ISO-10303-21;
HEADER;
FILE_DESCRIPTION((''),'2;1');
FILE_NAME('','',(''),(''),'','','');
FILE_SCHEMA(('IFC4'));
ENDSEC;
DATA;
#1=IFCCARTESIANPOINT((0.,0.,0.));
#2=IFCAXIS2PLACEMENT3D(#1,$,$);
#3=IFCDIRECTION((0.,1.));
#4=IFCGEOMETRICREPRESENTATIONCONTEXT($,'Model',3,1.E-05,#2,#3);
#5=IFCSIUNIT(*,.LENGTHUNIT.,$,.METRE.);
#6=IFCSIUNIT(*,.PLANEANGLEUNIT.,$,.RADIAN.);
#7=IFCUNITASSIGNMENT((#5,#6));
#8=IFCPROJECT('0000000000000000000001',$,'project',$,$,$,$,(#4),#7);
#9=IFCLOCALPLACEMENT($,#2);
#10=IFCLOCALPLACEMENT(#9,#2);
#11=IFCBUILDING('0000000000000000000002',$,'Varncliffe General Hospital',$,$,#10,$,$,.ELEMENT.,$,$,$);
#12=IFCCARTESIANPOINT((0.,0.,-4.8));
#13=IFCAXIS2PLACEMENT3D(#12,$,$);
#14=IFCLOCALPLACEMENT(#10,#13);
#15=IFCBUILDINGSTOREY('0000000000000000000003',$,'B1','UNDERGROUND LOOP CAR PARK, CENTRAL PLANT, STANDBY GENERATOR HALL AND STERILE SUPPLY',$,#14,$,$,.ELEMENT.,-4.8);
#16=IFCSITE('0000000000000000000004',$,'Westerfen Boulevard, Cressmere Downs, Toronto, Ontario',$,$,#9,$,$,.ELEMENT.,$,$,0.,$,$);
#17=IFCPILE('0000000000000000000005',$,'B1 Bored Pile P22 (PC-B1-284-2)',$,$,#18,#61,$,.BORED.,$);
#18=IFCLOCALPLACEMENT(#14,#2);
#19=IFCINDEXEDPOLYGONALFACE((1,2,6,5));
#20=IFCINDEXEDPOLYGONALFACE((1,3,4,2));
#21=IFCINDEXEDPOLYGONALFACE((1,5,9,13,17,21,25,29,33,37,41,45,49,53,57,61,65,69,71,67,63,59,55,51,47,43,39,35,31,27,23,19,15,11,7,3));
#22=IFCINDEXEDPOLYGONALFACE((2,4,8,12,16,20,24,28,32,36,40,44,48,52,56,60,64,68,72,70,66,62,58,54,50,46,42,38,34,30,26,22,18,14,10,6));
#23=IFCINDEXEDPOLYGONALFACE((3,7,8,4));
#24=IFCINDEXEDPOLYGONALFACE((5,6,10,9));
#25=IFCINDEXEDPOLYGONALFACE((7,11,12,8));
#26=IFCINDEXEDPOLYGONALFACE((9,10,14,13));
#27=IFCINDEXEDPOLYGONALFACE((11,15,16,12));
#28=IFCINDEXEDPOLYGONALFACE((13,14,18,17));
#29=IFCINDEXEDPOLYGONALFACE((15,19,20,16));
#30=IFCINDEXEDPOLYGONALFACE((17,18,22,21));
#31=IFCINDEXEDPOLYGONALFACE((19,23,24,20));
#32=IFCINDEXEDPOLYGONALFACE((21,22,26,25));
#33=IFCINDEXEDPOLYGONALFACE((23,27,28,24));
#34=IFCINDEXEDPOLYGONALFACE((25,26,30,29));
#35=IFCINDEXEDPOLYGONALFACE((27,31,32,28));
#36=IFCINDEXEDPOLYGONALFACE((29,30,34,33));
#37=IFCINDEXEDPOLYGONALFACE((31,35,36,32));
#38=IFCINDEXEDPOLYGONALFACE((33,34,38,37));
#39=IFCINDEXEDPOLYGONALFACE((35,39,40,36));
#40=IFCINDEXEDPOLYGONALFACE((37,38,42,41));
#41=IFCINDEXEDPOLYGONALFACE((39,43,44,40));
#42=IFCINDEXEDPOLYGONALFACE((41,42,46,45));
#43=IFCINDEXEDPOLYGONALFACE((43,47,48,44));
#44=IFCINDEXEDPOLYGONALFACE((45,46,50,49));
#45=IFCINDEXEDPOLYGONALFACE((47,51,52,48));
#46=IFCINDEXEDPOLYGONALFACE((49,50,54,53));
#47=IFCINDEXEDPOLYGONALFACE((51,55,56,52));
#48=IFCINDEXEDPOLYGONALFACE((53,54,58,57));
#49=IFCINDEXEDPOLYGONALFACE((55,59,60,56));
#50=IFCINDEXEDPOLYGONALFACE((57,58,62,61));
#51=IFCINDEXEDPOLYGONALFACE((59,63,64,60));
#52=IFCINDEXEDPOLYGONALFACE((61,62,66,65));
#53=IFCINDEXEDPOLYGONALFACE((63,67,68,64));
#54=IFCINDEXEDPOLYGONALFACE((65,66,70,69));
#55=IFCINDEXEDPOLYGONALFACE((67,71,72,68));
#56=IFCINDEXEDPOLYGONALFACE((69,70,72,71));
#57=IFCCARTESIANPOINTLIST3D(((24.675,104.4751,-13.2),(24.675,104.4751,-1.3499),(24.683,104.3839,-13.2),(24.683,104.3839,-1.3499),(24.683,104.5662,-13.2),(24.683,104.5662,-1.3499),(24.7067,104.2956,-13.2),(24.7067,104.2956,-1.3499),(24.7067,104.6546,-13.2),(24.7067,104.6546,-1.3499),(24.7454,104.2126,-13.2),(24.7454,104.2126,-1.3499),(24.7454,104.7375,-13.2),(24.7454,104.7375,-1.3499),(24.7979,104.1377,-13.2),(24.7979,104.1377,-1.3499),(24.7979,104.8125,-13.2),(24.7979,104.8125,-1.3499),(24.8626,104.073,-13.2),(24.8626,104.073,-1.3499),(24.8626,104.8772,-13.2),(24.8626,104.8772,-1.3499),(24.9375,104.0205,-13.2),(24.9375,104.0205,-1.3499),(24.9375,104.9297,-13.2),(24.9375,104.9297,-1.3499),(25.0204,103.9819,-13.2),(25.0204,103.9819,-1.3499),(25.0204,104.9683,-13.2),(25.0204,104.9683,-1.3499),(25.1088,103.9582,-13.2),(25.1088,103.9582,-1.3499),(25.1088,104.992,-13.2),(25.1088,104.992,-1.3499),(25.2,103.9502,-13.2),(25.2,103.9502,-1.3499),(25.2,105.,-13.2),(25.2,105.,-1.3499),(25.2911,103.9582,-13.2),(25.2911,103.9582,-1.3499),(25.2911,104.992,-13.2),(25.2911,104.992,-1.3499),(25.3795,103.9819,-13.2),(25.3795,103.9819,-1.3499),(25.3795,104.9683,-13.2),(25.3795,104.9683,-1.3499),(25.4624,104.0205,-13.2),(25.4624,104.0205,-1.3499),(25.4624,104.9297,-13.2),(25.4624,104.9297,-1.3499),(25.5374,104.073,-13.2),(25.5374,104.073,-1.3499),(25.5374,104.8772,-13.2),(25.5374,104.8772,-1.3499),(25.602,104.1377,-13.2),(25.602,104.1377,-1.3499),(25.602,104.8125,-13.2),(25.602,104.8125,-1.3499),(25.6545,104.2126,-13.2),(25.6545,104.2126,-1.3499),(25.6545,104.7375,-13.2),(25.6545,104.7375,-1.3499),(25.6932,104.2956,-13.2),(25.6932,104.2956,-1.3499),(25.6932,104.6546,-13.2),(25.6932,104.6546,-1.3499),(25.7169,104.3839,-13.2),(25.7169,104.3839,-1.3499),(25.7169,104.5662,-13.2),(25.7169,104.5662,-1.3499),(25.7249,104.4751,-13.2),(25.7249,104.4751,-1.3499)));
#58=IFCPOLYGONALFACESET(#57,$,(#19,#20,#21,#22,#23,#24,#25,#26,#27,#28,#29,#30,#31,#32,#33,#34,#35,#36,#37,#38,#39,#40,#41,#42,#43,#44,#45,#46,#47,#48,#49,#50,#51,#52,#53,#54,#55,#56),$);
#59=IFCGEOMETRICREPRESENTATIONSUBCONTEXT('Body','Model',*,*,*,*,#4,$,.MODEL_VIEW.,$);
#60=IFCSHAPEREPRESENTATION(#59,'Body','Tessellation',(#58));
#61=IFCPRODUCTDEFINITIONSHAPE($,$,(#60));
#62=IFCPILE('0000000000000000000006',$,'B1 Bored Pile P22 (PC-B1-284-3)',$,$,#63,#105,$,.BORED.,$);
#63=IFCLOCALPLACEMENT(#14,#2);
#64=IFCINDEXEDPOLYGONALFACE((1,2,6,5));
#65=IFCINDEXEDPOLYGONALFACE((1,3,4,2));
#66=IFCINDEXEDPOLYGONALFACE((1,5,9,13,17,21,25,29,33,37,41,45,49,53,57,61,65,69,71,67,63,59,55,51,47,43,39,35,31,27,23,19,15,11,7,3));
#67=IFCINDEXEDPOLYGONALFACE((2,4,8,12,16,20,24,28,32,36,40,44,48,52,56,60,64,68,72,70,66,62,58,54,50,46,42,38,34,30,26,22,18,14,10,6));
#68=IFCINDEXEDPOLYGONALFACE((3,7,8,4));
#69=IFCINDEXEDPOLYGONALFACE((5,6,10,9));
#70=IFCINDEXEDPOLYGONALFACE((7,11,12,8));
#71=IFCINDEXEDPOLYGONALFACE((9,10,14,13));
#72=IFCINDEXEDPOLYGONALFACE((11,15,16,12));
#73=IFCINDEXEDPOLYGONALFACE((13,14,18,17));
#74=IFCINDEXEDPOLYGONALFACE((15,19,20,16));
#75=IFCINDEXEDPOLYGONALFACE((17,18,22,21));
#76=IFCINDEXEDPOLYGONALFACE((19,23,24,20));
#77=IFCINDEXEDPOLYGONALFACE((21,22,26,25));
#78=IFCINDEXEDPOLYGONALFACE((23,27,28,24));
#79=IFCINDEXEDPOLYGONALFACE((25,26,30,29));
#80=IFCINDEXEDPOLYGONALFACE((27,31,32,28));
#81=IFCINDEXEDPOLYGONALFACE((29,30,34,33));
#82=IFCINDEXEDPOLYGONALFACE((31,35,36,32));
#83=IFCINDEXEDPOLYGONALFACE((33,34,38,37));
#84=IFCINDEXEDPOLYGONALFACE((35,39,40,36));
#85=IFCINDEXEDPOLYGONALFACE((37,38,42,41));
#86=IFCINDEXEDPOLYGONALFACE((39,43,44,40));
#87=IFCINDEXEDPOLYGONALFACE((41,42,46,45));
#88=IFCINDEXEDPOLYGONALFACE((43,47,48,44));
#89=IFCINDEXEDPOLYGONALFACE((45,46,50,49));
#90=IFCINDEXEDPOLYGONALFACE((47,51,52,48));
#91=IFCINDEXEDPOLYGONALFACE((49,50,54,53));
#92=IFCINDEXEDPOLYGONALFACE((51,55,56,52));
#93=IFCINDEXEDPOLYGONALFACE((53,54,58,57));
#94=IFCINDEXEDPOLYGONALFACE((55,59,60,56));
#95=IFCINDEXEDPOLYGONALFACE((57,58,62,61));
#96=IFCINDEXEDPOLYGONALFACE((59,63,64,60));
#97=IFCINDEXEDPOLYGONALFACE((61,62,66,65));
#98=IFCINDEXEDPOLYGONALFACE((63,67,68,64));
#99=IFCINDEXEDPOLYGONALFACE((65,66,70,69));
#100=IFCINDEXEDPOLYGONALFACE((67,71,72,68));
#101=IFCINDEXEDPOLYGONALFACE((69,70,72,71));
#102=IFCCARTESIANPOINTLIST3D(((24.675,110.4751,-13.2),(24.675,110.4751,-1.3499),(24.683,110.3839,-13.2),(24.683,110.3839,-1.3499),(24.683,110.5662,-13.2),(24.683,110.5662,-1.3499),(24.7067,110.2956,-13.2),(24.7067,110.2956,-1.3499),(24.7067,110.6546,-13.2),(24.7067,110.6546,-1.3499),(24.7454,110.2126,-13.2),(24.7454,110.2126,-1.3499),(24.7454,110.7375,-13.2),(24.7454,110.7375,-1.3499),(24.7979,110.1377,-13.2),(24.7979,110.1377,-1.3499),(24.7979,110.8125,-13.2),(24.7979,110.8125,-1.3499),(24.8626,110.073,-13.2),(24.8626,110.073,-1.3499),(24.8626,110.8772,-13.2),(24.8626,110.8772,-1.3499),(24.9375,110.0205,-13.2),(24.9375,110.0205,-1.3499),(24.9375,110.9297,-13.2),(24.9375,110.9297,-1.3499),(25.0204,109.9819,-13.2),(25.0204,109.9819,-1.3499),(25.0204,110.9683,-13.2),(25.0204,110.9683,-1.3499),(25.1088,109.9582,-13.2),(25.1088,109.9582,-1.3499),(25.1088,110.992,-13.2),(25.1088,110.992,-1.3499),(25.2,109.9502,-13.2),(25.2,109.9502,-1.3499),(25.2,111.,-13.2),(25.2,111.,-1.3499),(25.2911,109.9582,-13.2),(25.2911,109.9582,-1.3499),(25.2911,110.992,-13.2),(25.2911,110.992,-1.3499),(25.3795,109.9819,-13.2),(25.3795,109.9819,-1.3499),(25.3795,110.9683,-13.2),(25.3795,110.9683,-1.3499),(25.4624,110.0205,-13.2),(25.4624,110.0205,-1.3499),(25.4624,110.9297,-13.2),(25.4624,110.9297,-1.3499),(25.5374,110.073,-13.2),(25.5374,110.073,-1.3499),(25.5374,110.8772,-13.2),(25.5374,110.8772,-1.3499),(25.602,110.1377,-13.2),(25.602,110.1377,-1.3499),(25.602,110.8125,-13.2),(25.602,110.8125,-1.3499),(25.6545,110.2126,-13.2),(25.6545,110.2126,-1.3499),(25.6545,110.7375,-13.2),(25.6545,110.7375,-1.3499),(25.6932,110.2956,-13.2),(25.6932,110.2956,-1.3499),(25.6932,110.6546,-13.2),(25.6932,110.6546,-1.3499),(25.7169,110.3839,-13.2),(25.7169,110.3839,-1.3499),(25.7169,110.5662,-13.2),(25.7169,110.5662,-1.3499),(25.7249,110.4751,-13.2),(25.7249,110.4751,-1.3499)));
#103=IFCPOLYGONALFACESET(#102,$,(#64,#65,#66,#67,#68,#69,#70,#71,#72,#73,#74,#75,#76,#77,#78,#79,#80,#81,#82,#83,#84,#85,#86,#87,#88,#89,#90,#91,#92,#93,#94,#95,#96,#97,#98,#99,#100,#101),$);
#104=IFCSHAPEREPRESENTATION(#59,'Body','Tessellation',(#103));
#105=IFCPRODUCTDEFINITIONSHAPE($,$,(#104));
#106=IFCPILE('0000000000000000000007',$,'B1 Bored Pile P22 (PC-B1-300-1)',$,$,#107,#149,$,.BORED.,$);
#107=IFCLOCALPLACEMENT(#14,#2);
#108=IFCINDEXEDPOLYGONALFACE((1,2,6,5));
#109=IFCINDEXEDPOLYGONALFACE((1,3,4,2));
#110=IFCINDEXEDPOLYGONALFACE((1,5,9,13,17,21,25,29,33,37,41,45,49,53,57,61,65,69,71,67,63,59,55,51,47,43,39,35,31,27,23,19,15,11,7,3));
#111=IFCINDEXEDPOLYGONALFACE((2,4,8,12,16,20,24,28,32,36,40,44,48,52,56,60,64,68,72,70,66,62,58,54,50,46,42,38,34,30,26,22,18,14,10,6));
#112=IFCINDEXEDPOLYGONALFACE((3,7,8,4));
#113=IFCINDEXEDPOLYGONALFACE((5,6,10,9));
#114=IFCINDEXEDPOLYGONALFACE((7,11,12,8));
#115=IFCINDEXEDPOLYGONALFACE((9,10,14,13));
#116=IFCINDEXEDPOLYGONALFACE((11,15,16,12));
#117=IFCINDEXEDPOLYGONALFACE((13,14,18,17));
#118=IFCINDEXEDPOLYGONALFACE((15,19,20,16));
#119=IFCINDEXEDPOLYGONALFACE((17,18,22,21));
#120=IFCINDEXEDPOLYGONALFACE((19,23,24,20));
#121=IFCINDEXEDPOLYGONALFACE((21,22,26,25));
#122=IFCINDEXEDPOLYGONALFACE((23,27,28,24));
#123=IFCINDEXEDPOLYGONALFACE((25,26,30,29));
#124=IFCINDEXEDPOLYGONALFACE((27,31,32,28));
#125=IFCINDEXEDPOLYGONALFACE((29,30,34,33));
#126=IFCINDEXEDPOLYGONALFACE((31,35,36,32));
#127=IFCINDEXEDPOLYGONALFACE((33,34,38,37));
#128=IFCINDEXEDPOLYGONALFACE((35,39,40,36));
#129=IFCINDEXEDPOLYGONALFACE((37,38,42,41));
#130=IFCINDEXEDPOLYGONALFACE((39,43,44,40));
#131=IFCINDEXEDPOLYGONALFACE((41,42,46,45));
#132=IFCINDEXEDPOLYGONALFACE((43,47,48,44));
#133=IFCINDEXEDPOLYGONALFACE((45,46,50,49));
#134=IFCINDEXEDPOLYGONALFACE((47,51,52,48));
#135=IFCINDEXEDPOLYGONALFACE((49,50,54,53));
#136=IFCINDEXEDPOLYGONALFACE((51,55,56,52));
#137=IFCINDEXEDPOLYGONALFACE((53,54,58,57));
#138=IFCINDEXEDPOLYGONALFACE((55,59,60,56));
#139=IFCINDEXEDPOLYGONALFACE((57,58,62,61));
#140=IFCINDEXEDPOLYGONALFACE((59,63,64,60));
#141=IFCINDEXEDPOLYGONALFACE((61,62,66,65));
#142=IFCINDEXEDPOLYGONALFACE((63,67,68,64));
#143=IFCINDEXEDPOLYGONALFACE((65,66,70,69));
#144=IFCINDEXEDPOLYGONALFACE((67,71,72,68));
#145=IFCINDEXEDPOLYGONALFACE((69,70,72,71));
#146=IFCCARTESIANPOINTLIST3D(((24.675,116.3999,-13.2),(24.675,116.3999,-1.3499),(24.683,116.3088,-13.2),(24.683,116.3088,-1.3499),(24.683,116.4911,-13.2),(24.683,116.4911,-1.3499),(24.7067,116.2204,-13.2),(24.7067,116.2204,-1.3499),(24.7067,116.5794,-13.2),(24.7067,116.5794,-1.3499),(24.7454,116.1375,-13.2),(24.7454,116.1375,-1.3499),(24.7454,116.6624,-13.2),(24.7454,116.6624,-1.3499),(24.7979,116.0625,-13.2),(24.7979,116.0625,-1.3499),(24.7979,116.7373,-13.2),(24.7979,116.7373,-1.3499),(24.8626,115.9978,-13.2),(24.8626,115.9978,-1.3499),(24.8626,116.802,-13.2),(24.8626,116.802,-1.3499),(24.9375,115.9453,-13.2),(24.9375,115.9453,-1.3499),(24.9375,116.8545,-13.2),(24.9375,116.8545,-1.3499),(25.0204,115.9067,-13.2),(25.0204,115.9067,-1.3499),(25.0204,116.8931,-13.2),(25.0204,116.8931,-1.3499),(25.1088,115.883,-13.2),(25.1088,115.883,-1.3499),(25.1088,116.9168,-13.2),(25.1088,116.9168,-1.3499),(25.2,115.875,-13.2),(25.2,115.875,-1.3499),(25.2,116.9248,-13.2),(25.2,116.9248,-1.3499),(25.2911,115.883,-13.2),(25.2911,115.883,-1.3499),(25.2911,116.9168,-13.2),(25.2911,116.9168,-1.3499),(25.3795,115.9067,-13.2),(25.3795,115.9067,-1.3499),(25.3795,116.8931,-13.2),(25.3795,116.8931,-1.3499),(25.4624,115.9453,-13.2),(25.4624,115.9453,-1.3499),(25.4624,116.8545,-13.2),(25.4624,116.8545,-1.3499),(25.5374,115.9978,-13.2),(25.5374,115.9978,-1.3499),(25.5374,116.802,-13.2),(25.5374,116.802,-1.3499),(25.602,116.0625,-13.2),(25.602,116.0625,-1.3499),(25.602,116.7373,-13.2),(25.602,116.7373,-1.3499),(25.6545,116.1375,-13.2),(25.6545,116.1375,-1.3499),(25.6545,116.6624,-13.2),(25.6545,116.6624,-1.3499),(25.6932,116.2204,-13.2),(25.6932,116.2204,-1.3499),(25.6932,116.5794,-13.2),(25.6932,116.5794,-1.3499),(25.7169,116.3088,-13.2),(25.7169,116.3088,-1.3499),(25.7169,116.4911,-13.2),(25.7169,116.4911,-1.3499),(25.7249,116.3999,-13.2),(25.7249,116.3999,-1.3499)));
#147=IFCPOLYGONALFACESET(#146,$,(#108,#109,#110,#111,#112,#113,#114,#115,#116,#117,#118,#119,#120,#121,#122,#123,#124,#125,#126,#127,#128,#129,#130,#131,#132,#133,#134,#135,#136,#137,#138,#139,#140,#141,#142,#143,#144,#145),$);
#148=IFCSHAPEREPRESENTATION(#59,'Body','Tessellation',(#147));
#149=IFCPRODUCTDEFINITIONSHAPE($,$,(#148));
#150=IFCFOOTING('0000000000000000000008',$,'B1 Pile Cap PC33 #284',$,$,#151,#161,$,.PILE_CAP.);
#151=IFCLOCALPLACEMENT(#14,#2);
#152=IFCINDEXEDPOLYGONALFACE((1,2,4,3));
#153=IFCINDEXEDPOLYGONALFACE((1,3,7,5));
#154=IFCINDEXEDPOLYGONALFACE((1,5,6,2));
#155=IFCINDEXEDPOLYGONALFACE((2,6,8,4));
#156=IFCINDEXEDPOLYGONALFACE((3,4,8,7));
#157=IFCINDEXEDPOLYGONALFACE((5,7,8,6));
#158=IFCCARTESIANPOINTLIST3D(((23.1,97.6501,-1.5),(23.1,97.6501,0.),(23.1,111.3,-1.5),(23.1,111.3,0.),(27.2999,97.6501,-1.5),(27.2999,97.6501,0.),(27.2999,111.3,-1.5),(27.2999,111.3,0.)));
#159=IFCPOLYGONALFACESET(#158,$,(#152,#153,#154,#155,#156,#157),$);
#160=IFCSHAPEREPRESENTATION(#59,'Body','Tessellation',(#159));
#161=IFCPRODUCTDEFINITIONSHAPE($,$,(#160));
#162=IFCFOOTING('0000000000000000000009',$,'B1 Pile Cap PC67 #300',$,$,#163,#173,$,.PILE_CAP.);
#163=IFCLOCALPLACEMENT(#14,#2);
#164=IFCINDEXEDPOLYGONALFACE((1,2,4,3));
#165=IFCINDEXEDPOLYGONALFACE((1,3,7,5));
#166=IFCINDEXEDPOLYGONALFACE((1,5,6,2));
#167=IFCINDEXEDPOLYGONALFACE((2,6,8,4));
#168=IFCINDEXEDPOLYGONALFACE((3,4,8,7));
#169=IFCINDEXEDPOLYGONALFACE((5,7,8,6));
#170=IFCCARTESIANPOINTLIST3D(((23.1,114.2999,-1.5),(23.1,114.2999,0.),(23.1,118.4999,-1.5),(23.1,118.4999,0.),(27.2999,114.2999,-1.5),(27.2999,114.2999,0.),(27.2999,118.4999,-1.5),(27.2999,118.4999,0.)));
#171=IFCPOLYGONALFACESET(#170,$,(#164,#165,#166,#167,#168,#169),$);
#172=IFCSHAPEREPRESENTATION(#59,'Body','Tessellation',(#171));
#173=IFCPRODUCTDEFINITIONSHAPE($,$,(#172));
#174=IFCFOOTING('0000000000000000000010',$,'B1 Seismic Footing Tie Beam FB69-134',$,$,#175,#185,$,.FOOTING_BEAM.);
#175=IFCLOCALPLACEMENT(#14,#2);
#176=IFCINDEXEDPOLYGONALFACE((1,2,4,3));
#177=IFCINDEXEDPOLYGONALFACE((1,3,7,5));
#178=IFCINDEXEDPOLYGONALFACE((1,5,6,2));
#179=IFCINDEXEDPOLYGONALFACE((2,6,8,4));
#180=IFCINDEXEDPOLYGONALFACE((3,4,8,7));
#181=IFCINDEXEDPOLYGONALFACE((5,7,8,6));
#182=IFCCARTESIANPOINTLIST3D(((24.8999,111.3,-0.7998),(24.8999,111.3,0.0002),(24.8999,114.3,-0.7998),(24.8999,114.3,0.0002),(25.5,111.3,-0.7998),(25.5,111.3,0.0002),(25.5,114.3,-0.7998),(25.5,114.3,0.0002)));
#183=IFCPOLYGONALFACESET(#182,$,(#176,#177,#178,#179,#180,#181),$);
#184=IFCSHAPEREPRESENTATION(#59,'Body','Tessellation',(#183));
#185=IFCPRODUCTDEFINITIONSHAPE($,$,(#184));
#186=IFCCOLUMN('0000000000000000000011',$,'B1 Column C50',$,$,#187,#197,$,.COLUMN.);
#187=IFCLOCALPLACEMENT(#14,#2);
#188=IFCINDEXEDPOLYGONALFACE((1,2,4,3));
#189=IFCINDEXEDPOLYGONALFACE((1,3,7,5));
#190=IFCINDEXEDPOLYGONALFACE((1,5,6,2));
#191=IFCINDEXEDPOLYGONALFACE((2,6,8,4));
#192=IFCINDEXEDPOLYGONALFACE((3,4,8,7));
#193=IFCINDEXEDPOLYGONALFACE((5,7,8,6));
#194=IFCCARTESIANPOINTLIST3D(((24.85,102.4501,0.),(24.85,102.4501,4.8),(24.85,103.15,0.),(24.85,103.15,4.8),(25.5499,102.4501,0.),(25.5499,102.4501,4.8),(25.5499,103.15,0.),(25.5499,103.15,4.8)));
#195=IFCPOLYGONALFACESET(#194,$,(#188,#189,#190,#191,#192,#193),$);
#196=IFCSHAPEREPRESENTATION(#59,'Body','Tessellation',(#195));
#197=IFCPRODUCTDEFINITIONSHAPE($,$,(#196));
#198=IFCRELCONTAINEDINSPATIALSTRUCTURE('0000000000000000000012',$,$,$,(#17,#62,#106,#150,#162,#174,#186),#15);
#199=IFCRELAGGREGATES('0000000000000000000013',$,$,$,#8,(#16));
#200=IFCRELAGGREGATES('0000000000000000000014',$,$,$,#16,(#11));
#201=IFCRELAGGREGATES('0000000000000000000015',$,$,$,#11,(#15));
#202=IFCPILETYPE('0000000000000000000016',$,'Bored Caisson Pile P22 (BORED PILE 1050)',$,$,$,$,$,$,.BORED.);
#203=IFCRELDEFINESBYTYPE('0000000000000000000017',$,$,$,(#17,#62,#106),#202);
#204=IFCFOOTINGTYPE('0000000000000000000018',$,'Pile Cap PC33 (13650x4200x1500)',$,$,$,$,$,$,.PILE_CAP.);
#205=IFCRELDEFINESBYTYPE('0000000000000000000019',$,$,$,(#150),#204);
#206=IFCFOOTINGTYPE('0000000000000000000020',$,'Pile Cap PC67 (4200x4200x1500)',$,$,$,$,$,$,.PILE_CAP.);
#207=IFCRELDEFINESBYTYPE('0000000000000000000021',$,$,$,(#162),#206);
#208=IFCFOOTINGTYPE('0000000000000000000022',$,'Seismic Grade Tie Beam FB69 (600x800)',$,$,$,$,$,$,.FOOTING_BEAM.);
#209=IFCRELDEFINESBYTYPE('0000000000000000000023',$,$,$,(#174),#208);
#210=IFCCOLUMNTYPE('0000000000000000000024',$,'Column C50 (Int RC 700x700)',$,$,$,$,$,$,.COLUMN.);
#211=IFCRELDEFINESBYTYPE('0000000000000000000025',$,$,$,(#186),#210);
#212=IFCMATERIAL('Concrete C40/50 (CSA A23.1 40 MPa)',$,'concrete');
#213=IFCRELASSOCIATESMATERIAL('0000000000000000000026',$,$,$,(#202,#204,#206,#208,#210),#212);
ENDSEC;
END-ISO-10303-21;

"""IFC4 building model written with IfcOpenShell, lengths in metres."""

from ifc_helpers import new_model, si_unit, direction, frame, origin, origin_2d, place, context, subcontext, project, spatial, rectangle, circle, extrude, material, material_profile, profile_set, type_object, element, save


model = new_model("IFC4")

# Units and contexts
model_context = context("Model", 3, precision=1e-05, world=origin(), true_north=direction((0.0, 1.0)))
body_context = subcontext(model_context, "Body", "Model", "MODEL_VIEW")
ifc_project = project(units=[si_unit("LENGTHUNIT", "METRE"), si_unit("PLANEANGLEUNIT", "RADIAN")], contexts=[model_context])

# Site, building, storey
site_placement = place(None, origin())
site = spatial("IfcSite", under=ifc_project, at=site_placement, Name="Westerfen Boulevard, Cressmere Downs, Toronto, Ontario", CompositionType="ELEMENT", RefElevation=0.0)
building_placement = place(site_placement, origin())
building = spatial("IfcBuilding", under=site, at=building_placement, Name="Varncliffe General Hospital", CompositionType="ELEMENT")
storey_placement = place(building_placement, frame((0.0, 0.0, -4.8)))
storey = spatial("IfcBuildingStorey", under=building, at=storey_placement, Name="B1", Description="UNDERGROUND LOOP CAR PARK, CENTRAL PLANT, STANDBY GENERATOR HALL AND STERILE SUPPLY", CompositionType="ELEMENT", Elevation=-4.8)

# Piles
ifc_material_1 = material(Name="Concrete C40/50 (CSA A23.1 40 MPa)", Category="concrete")
ifc_material_profile_1 = material_profile(ifc_material_1, circle(Radius=0.5249, at=origin_2d()), Name="BORED PILE 1050")
ifc_profile_set_1 = profile_set([ifc_material_profile_1], Name="Concrete C40/50 (CSA A23.1 40 MPa)")
pile_type = type_object("IfcPileType", Name="Bored Caisson Pile P22 (BORED PILE 1050)", PredefinedType="BORED", material=ifc_profile_set_1)
for number, where, z_axis, x_axis, name in (
    (1, (25.2, 104.4751, -1.3499), (0.0, 0.0, -1.0), (1.0, 0.0, 0.0), "B1 Bored Pile P22 (PC-B1-284-2)"),
    (2, (25.2, 110.4751, -1.3499), (0.0, 0.0, -1.0), (1.0, 0.0, 0.0), "B1 Bored Pile P22 (PC-B1-284-3)"),
    (3, (25.2, 116.3999, -1.3499), (0.0, 0.0, -1.0), (1.0, 0.0, 0.0), "B1 Bored Pile P22 (PC-B1-300-1)"),
):
    element("IfcPile", number, at=place(storey_placement, frame(where, z_axis=z_axis, x_axis=x_axis)), inside=storey, type_object=pile_type, Name=name, PredefinedType="BORED", context=body_context, shape_type="SweptSolid", body=[
        extrude(circle(Radius=0.5249, at=origin_2d()), origin(), (0.0, 0.0, 1.0), 11.8501),
    ])

# Footings
footing_type_1 = type_object("IfcFootingType", Name="Pile Cap PC33 (13650x4200x1500)", PredefinedType="PILE_CAP", material=ifc_material_1)
footing_1_placement = place(storey_placement, frame((25.2, 104.4751, -1.5), z_axis=(0.0, 0.0, 1.0), x_axis=(1.0, 0.0, 0.0)))
element("IfcFooting", 4, at=footing_1_placement, inside=storey, type_object=footing_type_1, Name="B1 Pile Cap PC33 #284", PredefinedType="PILE_CAP", context=body_context, shape_type="SweptSolid", body=[
    extrude(rectangle(XDim=4.2, YDim=13.6499, at=origin_2d()), origin(), (0.0, 0.0, 1.0), 1.5),
])
footing_type_2 = type_object("IfcFootingType", Name="Pile Cap PC67 (4200x4200x1500)", PredefinedType="PILE_CAP", material=ifc_material_1)
footing_2_placement = place(storey_placement, frame((25.2, 116.3999, -1.5), z_axis=(0.0, 0.0, 1.0), x_axis=(1.0, 0.0, 0.0)))
element("IfcFooting", 5, at=footing_2_placement, inside=storey, type_object=footing_type_2, Name="B1 Pile Cap PC67 #300", PredefinedType="PILE_CAP", context=body_context, shape_type="SweptSolid", body=[
    extrude(rectangle(XDim=4.2, YDim=4.2, at=origin_2d()), origin(), (0.0, 0.0, 1.0), 1.5),
])
footing_type_3 = type_object("IfcFootingType", Name="Seismic Grade Tie Beam FB69 (600x800)", PredefinedType="FOOTING_BEAM", material=ifc_material_1)
footing_3_placement = place(storey_placement, frame((25.2, 112.8, -0.7998), z_axis=(0.0, 0.0, 1.0), x_axis=(1.0, 0.0, 0.0)))
element("IfcFooting", 6, at=footing_3_placement, inside=storey, type_object=footing_type_3, Name="B1 Seismic Footing Tie Beam FB69-134", PredefinedType="FOOTING_BEAM", context=body_context, shape_type="SweptSolid", body=[
    extrude(rectangle(XDim=0.6001, YDim=3.0, at=origin_2d()), origin(), (0.0, 0.0, 1.0), 0.8),
])

# Column
ifc_material_profile_2 = material_profile(ifc_material_1, rectangle(XDim=0.7, YDim=0.7, at=origin_2d()), Name="RC 700x700")
ifc_profile_set_2 = profile_set([ifc_material_profile_2], Name="Concrete C40/50 (CSA A23.1 40 MPa)")
column_type = type_object("IfcColumnType", Name="Column C50 (Int RC 700x700)", PredefinedType="COLUMN", material=ifc_profile_set_2)
for number, where, z_axis, x_axis, name in (
    (7, (25.2, 102.8, 0.0), (0.0, 0.0, 1.0), (1.0, 0.0, 0.0), "B1 Column C50"),
):
    element("IfcColumn", number, at=place(storey_placement, frame(where, z_axis=z_axis, x_axis=x_axis)), inside=storey, type_object=column_type, Name=name, PredefinedType="COLUMN", context=body_context, shape_type="SweptSolid", body=[
        extrude(rectangle(XDim=0.7, YDim=0.7, at=origin_2d()), origin(), (0.0, 0.0, 1.0), 4.8),
    ])

save(model, "model.ifc")
